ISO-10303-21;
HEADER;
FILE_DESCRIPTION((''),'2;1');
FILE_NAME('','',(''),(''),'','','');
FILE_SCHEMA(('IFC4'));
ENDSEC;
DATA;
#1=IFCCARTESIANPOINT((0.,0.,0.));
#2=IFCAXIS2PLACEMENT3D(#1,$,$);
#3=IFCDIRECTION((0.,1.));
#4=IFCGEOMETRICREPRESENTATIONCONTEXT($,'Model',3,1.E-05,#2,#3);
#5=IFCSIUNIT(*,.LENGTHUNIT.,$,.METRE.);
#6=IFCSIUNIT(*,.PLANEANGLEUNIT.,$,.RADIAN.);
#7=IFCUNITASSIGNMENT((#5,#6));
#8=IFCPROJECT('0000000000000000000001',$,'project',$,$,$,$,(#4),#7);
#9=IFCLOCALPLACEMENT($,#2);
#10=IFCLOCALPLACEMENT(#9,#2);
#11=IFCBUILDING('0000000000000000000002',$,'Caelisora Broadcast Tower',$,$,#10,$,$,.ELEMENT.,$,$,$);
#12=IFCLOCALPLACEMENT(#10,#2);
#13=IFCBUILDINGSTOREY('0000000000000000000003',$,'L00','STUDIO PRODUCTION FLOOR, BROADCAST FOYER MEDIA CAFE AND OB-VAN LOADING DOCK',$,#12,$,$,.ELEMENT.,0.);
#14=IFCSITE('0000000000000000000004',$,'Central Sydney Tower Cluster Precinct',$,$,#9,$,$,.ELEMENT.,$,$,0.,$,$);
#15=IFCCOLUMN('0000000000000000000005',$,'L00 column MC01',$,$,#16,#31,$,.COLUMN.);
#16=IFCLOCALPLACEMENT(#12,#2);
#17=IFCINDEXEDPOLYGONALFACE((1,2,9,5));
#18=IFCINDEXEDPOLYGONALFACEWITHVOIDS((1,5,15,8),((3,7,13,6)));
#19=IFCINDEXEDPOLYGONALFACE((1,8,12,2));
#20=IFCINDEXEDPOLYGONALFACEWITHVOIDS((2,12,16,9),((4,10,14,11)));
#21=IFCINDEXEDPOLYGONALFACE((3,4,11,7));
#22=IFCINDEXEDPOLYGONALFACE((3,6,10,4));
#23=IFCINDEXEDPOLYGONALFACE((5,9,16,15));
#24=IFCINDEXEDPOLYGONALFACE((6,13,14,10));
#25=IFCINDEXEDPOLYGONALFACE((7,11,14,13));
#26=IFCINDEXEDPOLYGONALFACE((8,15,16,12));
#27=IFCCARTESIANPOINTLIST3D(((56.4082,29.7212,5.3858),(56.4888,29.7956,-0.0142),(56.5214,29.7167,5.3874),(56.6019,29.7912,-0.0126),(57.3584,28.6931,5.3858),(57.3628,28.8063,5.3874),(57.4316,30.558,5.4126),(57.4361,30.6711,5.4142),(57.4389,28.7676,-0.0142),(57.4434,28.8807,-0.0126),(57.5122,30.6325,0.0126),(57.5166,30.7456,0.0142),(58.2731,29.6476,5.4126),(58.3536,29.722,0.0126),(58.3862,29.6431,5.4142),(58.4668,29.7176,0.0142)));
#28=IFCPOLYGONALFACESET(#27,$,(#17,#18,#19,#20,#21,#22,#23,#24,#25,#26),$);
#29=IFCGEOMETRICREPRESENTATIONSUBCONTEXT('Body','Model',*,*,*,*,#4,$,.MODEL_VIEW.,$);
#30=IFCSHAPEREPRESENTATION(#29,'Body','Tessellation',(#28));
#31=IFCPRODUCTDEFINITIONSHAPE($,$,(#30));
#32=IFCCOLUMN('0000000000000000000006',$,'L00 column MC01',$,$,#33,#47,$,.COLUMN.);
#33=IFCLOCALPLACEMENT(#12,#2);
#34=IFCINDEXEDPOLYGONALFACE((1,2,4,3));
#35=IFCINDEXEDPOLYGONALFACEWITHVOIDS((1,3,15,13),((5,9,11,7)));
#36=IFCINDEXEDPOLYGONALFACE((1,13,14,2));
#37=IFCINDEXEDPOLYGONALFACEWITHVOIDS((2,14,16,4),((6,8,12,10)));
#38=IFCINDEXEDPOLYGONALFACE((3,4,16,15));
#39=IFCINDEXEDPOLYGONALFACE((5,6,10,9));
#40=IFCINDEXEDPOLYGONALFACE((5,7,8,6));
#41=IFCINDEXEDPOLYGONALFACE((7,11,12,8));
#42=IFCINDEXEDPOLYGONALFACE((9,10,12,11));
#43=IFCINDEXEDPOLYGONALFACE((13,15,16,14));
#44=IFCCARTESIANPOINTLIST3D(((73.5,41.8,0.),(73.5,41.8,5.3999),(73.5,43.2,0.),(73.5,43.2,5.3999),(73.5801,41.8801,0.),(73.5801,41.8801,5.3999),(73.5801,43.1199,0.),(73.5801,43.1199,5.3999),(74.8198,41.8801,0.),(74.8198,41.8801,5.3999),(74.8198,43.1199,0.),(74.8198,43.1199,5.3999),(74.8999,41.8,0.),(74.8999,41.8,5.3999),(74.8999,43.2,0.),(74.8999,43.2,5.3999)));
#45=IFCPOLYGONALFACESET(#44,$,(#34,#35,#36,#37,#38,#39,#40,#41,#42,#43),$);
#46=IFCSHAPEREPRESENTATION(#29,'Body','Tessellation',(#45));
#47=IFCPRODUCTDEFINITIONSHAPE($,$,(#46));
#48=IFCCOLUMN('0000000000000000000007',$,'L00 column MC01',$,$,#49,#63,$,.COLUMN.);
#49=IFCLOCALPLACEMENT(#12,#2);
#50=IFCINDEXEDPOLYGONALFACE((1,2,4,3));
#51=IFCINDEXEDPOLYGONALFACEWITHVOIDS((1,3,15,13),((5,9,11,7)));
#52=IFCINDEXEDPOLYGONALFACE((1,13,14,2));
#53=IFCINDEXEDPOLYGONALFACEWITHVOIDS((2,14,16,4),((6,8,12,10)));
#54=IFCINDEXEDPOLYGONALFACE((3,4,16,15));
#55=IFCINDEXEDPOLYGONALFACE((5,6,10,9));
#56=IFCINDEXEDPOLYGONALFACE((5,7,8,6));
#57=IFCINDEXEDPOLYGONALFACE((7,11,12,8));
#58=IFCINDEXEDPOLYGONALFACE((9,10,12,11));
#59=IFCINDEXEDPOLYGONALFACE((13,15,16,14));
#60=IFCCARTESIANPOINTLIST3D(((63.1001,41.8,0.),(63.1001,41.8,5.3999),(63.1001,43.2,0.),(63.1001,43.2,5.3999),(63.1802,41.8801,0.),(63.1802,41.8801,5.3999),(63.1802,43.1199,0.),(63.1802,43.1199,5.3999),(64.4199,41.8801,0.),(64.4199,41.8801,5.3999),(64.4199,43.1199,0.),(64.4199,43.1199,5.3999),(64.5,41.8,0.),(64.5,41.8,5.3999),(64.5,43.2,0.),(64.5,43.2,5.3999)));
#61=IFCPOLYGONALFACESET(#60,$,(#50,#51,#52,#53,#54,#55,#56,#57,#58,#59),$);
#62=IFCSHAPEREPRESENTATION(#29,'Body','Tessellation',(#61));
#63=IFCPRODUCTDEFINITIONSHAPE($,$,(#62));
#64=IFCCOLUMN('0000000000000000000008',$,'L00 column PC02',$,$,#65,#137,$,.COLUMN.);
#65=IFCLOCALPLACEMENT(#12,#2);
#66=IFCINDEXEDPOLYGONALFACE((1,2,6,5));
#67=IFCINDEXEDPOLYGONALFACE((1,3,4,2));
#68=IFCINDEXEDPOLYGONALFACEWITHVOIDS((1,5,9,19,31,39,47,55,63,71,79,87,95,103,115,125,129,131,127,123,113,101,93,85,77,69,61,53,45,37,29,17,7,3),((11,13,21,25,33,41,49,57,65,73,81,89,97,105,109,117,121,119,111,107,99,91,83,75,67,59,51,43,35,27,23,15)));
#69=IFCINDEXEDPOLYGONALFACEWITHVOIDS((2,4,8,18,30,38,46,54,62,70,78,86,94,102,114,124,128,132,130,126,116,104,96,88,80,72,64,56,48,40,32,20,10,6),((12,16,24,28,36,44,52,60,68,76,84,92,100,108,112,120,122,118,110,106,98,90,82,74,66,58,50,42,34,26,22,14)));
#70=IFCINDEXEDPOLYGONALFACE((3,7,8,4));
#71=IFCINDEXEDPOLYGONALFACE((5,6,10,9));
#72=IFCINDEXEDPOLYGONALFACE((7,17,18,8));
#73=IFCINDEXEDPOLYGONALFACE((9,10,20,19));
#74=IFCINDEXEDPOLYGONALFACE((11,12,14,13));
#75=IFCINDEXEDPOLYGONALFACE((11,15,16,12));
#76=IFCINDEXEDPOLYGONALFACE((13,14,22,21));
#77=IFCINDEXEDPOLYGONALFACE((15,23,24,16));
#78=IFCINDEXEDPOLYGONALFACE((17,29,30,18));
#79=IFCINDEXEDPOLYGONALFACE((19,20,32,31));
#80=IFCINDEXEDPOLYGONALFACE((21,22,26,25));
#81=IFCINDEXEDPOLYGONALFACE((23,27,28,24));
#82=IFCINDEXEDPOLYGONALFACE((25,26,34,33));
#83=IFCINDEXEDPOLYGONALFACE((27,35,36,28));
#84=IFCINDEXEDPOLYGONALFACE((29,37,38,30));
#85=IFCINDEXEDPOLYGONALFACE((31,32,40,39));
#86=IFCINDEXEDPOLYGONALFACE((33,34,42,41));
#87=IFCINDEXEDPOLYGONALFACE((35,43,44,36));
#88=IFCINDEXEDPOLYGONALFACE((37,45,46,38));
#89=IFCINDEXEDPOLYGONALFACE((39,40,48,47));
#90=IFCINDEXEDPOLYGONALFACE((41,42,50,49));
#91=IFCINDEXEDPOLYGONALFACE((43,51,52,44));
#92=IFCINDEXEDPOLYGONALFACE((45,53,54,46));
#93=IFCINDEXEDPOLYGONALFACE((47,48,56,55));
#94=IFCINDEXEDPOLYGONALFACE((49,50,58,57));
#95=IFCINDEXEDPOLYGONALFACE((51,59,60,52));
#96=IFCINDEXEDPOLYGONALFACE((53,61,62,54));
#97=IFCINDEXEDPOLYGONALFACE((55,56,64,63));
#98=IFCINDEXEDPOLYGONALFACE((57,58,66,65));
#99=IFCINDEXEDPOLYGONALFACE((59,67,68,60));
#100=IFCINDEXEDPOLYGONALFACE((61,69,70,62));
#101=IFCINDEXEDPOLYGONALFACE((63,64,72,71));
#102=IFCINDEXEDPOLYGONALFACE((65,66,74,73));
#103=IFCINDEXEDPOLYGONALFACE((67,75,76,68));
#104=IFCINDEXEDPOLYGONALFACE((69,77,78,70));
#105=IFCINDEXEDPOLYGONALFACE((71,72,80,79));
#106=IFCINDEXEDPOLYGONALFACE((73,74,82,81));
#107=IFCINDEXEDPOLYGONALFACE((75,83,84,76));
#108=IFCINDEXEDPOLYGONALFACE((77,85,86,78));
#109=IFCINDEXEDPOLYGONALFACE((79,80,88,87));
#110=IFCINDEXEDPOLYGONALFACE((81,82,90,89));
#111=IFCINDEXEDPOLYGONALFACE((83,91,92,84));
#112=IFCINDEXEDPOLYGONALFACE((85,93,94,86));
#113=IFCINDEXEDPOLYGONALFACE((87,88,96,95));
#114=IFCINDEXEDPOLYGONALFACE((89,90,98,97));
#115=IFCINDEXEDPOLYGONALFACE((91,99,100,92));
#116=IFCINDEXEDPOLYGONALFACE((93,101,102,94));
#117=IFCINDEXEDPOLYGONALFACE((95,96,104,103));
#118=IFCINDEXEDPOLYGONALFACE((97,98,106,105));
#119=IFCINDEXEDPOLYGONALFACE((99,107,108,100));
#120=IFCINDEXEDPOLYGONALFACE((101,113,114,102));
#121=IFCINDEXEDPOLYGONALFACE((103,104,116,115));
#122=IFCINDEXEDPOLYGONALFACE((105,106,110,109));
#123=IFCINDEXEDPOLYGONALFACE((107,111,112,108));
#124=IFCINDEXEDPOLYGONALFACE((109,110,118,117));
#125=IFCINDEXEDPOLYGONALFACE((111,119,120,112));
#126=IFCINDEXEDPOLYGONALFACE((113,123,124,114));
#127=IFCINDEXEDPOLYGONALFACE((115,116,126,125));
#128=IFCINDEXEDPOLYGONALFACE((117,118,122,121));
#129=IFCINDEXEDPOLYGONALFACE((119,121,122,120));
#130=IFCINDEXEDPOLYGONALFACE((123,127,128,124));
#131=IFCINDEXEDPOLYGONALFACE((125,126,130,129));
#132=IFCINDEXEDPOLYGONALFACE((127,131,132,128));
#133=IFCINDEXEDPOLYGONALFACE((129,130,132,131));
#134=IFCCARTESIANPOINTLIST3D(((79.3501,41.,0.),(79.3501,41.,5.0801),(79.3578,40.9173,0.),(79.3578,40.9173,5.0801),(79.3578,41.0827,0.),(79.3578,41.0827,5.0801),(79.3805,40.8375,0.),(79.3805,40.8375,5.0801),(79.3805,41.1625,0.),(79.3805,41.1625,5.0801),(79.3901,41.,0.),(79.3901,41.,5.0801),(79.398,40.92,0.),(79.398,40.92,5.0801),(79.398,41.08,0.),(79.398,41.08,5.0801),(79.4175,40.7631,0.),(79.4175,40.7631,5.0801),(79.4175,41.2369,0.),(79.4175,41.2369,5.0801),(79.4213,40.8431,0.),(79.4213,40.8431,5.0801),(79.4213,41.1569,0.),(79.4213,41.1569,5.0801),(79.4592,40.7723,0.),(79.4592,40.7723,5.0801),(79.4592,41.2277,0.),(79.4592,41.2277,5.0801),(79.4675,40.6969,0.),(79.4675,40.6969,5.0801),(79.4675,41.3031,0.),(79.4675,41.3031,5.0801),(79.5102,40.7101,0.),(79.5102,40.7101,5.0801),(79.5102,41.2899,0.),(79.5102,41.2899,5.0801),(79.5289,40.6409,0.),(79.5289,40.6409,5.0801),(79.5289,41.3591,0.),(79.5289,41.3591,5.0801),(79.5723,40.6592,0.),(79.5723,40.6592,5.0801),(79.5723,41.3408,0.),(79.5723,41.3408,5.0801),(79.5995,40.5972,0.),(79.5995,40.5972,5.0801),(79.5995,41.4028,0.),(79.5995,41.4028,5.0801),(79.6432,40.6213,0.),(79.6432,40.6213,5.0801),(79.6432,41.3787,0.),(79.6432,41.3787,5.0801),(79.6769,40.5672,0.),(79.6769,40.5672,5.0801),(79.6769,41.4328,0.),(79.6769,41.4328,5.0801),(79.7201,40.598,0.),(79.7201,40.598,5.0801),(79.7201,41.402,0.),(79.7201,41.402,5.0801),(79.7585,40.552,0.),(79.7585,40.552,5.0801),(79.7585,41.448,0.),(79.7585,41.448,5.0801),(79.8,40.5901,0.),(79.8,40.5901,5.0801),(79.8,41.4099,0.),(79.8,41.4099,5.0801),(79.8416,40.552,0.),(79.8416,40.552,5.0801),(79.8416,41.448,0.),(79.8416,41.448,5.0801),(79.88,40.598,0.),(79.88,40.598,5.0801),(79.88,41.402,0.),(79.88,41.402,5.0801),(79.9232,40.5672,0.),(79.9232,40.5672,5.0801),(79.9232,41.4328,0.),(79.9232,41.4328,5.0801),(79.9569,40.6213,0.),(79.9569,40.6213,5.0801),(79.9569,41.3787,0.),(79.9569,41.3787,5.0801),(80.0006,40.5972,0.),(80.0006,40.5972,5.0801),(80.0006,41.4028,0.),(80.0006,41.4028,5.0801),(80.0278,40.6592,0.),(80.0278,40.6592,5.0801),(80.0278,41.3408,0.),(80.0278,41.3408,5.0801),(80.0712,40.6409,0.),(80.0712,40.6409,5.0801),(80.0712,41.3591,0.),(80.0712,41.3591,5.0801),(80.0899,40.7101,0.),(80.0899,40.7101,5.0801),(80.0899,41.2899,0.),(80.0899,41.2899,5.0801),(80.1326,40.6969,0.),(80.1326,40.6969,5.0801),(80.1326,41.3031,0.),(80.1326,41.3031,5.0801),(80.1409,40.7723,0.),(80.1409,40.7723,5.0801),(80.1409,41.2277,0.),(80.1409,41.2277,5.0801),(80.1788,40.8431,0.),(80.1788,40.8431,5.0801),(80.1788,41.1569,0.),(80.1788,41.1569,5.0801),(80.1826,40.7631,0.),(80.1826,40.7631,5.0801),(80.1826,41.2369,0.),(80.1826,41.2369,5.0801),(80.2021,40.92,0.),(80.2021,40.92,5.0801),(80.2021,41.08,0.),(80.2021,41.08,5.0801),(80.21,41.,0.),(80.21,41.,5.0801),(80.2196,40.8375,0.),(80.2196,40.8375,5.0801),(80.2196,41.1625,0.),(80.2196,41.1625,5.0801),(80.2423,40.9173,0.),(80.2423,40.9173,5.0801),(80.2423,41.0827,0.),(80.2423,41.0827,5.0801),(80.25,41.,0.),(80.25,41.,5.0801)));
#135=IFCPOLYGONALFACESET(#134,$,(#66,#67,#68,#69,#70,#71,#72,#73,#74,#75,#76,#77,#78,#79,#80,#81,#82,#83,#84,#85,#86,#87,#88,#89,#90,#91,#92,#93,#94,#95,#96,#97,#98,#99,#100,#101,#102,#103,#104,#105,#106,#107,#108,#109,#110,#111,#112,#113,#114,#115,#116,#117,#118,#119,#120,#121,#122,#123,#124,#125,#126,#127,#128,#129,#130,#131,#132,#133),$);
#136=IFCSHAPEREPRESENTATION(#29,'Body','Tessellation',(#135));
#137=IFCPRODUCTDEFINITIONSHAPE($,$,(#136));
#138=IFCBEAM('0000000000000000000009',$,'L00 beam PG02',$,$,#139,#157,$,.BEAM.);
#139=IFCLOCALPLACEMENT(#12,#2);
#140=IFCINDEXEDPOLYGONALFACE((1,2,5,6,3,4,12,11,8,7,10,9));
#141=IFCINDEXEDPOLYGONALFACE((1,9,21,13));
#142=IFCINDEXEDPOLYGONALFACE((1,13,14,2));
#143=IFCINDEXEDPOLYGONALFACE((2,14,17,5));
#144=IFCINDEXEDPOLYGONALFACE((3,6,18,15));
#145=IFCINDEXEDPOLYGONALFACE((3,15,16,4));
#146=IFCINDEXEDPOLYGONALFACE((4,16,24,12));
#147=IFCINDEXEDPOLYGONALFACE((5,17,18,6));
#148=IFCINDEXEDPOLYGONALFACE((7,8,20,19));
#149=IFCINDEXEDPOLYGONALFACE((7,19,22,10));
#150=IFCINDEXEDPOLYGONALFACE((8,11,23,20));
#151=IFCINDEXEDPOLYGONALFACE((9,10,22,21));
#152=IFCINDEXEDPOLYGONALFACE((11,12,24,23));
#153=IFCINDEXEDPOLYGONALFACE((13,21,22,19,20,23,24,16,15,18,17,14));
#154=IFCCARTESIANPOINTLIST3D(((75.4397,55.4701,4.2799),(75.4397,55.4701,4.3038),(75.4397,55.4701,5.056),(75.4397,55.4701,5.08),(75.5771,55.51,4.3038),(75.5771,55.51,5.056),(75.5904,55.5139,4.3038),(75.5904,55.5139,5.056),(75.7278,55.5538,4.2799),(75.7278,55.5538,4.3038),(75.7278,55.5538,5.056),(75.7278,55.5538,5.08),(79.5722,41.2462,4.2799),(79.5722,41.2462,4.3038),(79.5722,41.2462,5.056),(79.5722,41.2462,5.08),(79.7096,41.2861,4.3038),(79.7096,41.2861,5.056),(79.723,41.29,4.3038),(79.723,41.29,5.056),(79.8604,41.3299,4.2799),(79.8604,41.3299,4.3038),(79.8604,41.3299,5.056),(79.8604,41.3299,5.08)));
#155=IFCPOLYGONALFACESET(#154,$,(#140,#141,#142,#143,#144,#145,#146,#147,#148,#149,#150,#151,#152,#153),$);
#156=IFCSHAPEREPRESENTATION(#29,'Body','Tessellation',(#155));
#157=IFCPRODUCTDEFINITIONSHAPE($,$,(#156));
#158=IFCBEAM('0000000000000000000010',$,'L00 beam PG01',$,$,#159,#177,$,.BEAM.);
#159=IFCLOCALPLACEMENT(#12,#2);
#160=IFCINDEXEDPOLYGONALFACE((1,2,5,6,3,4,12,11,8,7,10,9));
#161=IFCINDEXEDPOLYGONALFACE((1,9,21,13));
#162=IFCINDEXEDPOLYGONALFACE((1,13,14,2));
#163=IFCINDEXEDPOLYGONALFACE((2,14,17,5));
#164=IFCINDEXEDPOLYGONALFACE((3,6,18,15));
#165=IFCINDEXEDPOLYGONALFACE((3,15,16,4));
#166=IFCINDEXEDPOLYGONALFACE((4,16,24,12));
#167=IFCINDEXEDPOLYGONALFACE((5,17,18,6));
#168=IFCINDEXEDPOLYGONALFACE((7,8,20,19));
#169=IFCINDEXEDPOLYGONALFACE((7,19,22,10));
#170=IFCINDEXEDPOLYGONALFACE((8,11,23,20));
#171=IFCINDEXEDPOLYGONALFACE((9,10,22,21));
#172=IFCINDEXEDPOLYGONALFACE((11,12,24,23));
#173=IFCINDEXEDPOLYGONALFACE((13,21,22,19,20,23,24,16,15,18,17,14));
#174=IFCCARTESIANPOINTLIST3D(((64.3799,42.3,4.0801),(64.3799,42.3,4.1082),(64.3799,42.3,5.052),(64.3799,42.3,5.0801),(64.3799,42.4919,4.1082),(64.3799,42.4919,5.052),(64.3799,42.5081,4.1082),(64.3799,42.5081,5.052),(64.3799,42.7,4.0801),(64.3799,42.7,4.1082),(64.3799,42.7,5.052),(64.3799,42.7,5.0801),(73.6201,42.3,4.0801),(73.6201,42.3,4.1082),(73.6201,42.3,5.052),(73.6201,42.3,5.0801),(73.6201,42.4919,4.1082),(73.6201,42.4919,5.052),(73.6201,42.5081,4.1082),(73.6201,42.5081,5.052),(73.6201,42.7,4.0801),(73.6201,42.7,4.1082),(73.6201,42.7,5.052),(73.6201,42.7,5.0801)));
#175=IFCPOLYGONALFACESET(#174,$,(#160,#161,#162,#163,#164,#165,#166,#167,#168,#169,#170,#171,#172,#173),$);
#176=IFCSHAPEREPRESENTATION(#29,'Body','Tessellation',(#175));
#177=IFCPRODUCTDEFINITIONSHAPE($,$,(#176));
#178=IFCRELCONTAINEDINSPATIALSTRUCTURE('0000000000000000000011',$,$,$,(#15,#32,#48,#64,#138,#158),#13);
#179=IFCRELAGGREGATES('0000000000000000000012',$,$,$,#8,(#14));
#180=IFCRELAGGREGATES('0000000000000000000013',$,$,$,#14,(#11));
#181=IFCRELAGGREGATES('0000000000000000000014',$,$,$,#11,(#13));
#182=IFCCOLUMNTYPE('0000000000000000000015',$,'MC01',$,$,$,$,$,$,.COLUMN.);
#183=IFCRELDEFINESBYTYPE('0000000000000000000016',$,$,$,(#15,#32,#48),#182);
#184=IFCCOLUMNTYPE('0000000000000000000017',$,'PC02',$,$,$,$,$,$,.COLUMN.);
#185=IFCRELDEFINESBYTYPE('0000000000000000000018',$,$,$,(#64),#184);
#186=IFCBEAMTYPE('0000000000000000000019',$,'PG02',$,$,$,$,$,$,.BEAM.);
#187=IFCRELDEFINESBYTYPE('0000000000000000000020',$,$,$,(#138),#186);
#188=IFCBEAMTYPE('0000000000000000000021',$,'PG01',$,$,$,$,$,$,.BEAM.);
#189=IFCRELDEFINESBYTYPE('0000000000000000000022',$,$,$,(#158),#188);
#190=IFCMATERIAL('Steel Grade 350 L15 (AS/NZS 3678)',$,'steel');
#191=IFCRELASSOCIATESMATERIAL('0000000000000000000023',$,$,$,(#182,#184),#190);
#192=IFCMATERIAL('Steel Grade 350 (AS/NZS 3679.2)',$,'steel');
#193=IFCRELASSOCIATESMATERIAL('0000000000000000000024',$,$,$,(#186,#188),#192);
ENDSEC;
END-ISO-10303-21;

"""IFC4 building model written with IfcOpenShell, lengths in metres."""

from ifc_helpers import new_model, si_unit, direction, frame, origin, origin_2d, place, context, subcontext, project, spatial, hollow_rectangle, hollow_circle, i_section, extrude, source, transform, mapped, material, material_profile, profile_set, type_object, type_shapes, element, save


model = new_model("IFC4")

# Units and contexts
model_context = context("Model", 3, precision=1e-05, world=origin(), true_north=direction((0.0, 1.0)))
body_context = subcontext(model_context, "Body", "Model", "MODEL_VIEW")
ifc_project = project(units=[si_unit("LENGTHUNIT", "METRE"), si_unit("PLANEANGLEUNIT", "RADIAN")], contexts=[model_context])

# Site, building, storey
site_placement = place(None, origin())
site = spatial("IfcSite", under=ifc_project, at=site_placement, Name="Central Sydney Tower Cluster Precinct", CompositionType="ELEMENT", RefElevation=0.0)
building_placement = place(site_placement, origin())
building = spatial("IfcBuilding", under=site, at=building_placement, Name="Caelisora Broadcast Tower", CompositionType="ELEMENT")
storey_placement = place(building_placement, origin())
storey = spatial("IfcBuildingStorey", under=building, at=storey_placement, Name="L00", Description="STUDIO PRODUCTION FLOOR, BROADCAST FOYER MEDIA CAFE AND OB-VAN LOADING DOCK", CompositionType="ELEMENT", Elevation=0.0)

# Columns
ifc_material_1 = material(Name="Steel Grade 350 L15 (AS/NZS 3678)", Category="steel")
ifc_material_profile_1 = material_profile(ifc_material_1, hollow_rectangle(XDim=1.3999, YDim=1.3999, WallThickness=0.0801, at=origin_2d()), Name="Steel Grade 350 L15 (AS/NZS 3678)")
ifc_profile_set_1 = profile_set([ifc_material_profile_1], Name="Steel Grade 350 L15 (AS/NZS 3678)")
column_type_1 = type_object("IfcColumnType", Name="MC01", PredefinedType="COLUMN", material=ifc_profile_set_1)
shared_shape_1 = source(origin(), body_context, "Body", "SweptSolid", [
    extrude(hollow_rectangle(XDim=1.3999, YDim=1.3999, WallThickness=0.0801, at=origin_2d()), origin(), (0.0, 0.0, 1.0), 5.4011),
])
column_1_placement = place(storey_placement, frame((57.4778, 29.7566, 0.0), z_axis=(-0.014917, -0.013787, 0.999794), x_axis=(0.678742, -0.734377, 0.0)))
element("IfcColumn", 1, at=column_1_placement, inside=storey, type_object=column_type_1, Name="L00 column MC01", PredefinedType="COLUMN", context=body_context, shape_type="MappedRepresentation", body=[
    mapped(shared_shape_1, transform((0.0, 0.0, 0.0), scale=1.0)),
])
shared_shape_2 = source(origin(), body_context, "Body", "SweptSolid", [
    extrude(hollow_rectangle(XDim=1.3999, YDim=1.3999, WallThickness=0.0801, at=origin_2d()), origin(), (0.0, 0.0, 1.0), 5.3999),
])
type_shapes(column_type_1, [shared_shape_1, shared_shape_2])
for number, where, z_axis, x_axis, name in (
    (2, (74.2, 42.5, 0.0), (0.0, 0.0, 1.0), (1.0, 0.0, 0.0), "L00 column MC01"),
    (3, (63.8, 42.5, 0.0), (0.0, 0.0, 1.0), (1.0, 0.0, 0.0), "L00 column MC01"),
):
    element("IfcColumn", number, at=place(storey_placement, frame(where, z_axis=z_axis, x_axis=x_axis)), inside=storey, type_object=column_type_1, Name=name, PredefinedType="COLUMN", context=body_context, shape_type="MappedRepresentation", body=[
        mapped(shared_shape_2, transform((0.0, 0.0, 0.0), scale=1.0)),
    ])
ifc_material_profile_2 = material_profile(ifc_material_1, hollow_circle(Radius=0.45, WallThickness=0.04, at=origin_2d()), Name="Steel Grade 350 L15 (AS/NZS 3678)")
ifc_profile_set_2 = profile_set([ifc_material_profile_2], Name="Steel Grade 350 L15 (AS/NZS 3678)")
column_type_2 = type_object("IfcColumnType", Name="PC02", PredefinedType="COLUMN", material=ifc_profile_set_2)
shared_shape_3 = source(origin(), body_context, "Body", "SweptSolid", [
    extrude(hollow_circle(Radius=0.45, WallThickness=0.04, at=origin_2d()), origin(), (0.0, 0.0, 1.0), 5.0801),
])
type_shapes(column_type_2, [shared_shape_3])
column_2_placement = place(storey_placement, frame((79.8, 41.0, 0.0), z_axis=(0.0, 0.0, 1.0), x_axis=(1.0, 0.0, 0.0)))
element("IfcColumn", 4, at=column_2_placement, inside=storey, type_object=column_type_2, Name="L00 column PC02", PredefinedType="COLUMN", context=body_context, shape_type="MappedRepresentation", body=[
    mapped(shared_shape_3, transform((0.0, 0.0, 0.0), scale=1.0)),
])

# Beams
ifc_material_2 = material(Name="Steel Grade 350 (AS/NZS 3679.2)", Category="steel")
ifc_material_profile_3 = material_profile(ifc_material_2, i_section(OverallWidth=0.3, OverallDepth=0.8, WebThickness=0.0139, FlangeThickness=0.0239, at=origin_2d()), Name="Steel Grade 350 (AS/NZS 3679.2)")
ifc_profile_set_3 = profile_set([ifc_material_profile_3], Name="Steel Grade 350 (AS/NZS 3679.2)")
beam_type_1 = type_object("IfcBeamType", Name="PG02", PredefinedType="BEAM", material=ifc_profile_set_3)
shared_shape_4 = source(origin(), body_context, "Body", "SweptSolid", [
    extrude(i_section(OverallWidth=0.3, OverallDepth=0.8, WebThickness=0.0139, FlangeThickness=0.0239, at=origin_2d()), origin(), (0.0, 0.0, 1.0), 14.812),
])
type_shapes(beam_type_1, [shared_shape_4])
beam_1_placement = place(storey_placement, frame((79.7163, 41.2881, 4.6799), z_axis=(-0.279, 0.960291, 0.0), x_axis=(-0.960291, -0.279, 0.0)))
element("IfcBeam", 5, at=beam_1_placement, inside=storey, type_object=beam_type_1, Name="L00 beam PG02", PredefinedType="BEAM", context=body_context, shape_type="MappedRepresentation", body=[
    mapped(shared_shape_4, transform((0.0, 0.0, 0.0), scale=1.0)),
])
ifc_material_profile_4 = material_profile(ifc_material_2, i_section(OverallWidth=0.3999, OverallDepth=1.0, WebThickness=0.0161, FlangeThickness=0.0281, at=origin_2d()), Name="Steel Grade 350 (AS/NZS 3679.2)")
ifc_profile_set_4 = profile_set([ifc_material_profile_4], Name="Steel Grade 350 (AS/NZS 3679.2)")
beam_type_2 = type_object("IfcBeamType", Name="PG01", PredefinedType="BEAM", material=ifc_profile_set_4)
shared_shape_5 = source(origin(), body_context, "Body", "SweptSolid", [
    extrude(i_section(OverallWidth=0.3999, OverallDepth=1.0, WebThickness=0.0161, FlangeThickness=0.0281, at=origin_2d()), origin(), (0.0, 0.0, 1.0), 9.2402),
])
beam_2_placement = place(storey_placement, frame((64.3799, 42.5, 4.5801), z_axis=(1.0, 0.0, 0.0), x_axis=(0.0, 1.0, 0.0)))
element("IfcBeam", 6, at=beam_2_placement, inside=storey, type_object=beam_type_2, Name="L00 beam PG01", PredefinedType="BEAM", context=body_context, shape_type="MappedRepresentation", body=[
    mapped(shared_shape_5, transform((0.0, 0.0, 0.0), scale=1.0)),
])

save(model, "model.ifc")
